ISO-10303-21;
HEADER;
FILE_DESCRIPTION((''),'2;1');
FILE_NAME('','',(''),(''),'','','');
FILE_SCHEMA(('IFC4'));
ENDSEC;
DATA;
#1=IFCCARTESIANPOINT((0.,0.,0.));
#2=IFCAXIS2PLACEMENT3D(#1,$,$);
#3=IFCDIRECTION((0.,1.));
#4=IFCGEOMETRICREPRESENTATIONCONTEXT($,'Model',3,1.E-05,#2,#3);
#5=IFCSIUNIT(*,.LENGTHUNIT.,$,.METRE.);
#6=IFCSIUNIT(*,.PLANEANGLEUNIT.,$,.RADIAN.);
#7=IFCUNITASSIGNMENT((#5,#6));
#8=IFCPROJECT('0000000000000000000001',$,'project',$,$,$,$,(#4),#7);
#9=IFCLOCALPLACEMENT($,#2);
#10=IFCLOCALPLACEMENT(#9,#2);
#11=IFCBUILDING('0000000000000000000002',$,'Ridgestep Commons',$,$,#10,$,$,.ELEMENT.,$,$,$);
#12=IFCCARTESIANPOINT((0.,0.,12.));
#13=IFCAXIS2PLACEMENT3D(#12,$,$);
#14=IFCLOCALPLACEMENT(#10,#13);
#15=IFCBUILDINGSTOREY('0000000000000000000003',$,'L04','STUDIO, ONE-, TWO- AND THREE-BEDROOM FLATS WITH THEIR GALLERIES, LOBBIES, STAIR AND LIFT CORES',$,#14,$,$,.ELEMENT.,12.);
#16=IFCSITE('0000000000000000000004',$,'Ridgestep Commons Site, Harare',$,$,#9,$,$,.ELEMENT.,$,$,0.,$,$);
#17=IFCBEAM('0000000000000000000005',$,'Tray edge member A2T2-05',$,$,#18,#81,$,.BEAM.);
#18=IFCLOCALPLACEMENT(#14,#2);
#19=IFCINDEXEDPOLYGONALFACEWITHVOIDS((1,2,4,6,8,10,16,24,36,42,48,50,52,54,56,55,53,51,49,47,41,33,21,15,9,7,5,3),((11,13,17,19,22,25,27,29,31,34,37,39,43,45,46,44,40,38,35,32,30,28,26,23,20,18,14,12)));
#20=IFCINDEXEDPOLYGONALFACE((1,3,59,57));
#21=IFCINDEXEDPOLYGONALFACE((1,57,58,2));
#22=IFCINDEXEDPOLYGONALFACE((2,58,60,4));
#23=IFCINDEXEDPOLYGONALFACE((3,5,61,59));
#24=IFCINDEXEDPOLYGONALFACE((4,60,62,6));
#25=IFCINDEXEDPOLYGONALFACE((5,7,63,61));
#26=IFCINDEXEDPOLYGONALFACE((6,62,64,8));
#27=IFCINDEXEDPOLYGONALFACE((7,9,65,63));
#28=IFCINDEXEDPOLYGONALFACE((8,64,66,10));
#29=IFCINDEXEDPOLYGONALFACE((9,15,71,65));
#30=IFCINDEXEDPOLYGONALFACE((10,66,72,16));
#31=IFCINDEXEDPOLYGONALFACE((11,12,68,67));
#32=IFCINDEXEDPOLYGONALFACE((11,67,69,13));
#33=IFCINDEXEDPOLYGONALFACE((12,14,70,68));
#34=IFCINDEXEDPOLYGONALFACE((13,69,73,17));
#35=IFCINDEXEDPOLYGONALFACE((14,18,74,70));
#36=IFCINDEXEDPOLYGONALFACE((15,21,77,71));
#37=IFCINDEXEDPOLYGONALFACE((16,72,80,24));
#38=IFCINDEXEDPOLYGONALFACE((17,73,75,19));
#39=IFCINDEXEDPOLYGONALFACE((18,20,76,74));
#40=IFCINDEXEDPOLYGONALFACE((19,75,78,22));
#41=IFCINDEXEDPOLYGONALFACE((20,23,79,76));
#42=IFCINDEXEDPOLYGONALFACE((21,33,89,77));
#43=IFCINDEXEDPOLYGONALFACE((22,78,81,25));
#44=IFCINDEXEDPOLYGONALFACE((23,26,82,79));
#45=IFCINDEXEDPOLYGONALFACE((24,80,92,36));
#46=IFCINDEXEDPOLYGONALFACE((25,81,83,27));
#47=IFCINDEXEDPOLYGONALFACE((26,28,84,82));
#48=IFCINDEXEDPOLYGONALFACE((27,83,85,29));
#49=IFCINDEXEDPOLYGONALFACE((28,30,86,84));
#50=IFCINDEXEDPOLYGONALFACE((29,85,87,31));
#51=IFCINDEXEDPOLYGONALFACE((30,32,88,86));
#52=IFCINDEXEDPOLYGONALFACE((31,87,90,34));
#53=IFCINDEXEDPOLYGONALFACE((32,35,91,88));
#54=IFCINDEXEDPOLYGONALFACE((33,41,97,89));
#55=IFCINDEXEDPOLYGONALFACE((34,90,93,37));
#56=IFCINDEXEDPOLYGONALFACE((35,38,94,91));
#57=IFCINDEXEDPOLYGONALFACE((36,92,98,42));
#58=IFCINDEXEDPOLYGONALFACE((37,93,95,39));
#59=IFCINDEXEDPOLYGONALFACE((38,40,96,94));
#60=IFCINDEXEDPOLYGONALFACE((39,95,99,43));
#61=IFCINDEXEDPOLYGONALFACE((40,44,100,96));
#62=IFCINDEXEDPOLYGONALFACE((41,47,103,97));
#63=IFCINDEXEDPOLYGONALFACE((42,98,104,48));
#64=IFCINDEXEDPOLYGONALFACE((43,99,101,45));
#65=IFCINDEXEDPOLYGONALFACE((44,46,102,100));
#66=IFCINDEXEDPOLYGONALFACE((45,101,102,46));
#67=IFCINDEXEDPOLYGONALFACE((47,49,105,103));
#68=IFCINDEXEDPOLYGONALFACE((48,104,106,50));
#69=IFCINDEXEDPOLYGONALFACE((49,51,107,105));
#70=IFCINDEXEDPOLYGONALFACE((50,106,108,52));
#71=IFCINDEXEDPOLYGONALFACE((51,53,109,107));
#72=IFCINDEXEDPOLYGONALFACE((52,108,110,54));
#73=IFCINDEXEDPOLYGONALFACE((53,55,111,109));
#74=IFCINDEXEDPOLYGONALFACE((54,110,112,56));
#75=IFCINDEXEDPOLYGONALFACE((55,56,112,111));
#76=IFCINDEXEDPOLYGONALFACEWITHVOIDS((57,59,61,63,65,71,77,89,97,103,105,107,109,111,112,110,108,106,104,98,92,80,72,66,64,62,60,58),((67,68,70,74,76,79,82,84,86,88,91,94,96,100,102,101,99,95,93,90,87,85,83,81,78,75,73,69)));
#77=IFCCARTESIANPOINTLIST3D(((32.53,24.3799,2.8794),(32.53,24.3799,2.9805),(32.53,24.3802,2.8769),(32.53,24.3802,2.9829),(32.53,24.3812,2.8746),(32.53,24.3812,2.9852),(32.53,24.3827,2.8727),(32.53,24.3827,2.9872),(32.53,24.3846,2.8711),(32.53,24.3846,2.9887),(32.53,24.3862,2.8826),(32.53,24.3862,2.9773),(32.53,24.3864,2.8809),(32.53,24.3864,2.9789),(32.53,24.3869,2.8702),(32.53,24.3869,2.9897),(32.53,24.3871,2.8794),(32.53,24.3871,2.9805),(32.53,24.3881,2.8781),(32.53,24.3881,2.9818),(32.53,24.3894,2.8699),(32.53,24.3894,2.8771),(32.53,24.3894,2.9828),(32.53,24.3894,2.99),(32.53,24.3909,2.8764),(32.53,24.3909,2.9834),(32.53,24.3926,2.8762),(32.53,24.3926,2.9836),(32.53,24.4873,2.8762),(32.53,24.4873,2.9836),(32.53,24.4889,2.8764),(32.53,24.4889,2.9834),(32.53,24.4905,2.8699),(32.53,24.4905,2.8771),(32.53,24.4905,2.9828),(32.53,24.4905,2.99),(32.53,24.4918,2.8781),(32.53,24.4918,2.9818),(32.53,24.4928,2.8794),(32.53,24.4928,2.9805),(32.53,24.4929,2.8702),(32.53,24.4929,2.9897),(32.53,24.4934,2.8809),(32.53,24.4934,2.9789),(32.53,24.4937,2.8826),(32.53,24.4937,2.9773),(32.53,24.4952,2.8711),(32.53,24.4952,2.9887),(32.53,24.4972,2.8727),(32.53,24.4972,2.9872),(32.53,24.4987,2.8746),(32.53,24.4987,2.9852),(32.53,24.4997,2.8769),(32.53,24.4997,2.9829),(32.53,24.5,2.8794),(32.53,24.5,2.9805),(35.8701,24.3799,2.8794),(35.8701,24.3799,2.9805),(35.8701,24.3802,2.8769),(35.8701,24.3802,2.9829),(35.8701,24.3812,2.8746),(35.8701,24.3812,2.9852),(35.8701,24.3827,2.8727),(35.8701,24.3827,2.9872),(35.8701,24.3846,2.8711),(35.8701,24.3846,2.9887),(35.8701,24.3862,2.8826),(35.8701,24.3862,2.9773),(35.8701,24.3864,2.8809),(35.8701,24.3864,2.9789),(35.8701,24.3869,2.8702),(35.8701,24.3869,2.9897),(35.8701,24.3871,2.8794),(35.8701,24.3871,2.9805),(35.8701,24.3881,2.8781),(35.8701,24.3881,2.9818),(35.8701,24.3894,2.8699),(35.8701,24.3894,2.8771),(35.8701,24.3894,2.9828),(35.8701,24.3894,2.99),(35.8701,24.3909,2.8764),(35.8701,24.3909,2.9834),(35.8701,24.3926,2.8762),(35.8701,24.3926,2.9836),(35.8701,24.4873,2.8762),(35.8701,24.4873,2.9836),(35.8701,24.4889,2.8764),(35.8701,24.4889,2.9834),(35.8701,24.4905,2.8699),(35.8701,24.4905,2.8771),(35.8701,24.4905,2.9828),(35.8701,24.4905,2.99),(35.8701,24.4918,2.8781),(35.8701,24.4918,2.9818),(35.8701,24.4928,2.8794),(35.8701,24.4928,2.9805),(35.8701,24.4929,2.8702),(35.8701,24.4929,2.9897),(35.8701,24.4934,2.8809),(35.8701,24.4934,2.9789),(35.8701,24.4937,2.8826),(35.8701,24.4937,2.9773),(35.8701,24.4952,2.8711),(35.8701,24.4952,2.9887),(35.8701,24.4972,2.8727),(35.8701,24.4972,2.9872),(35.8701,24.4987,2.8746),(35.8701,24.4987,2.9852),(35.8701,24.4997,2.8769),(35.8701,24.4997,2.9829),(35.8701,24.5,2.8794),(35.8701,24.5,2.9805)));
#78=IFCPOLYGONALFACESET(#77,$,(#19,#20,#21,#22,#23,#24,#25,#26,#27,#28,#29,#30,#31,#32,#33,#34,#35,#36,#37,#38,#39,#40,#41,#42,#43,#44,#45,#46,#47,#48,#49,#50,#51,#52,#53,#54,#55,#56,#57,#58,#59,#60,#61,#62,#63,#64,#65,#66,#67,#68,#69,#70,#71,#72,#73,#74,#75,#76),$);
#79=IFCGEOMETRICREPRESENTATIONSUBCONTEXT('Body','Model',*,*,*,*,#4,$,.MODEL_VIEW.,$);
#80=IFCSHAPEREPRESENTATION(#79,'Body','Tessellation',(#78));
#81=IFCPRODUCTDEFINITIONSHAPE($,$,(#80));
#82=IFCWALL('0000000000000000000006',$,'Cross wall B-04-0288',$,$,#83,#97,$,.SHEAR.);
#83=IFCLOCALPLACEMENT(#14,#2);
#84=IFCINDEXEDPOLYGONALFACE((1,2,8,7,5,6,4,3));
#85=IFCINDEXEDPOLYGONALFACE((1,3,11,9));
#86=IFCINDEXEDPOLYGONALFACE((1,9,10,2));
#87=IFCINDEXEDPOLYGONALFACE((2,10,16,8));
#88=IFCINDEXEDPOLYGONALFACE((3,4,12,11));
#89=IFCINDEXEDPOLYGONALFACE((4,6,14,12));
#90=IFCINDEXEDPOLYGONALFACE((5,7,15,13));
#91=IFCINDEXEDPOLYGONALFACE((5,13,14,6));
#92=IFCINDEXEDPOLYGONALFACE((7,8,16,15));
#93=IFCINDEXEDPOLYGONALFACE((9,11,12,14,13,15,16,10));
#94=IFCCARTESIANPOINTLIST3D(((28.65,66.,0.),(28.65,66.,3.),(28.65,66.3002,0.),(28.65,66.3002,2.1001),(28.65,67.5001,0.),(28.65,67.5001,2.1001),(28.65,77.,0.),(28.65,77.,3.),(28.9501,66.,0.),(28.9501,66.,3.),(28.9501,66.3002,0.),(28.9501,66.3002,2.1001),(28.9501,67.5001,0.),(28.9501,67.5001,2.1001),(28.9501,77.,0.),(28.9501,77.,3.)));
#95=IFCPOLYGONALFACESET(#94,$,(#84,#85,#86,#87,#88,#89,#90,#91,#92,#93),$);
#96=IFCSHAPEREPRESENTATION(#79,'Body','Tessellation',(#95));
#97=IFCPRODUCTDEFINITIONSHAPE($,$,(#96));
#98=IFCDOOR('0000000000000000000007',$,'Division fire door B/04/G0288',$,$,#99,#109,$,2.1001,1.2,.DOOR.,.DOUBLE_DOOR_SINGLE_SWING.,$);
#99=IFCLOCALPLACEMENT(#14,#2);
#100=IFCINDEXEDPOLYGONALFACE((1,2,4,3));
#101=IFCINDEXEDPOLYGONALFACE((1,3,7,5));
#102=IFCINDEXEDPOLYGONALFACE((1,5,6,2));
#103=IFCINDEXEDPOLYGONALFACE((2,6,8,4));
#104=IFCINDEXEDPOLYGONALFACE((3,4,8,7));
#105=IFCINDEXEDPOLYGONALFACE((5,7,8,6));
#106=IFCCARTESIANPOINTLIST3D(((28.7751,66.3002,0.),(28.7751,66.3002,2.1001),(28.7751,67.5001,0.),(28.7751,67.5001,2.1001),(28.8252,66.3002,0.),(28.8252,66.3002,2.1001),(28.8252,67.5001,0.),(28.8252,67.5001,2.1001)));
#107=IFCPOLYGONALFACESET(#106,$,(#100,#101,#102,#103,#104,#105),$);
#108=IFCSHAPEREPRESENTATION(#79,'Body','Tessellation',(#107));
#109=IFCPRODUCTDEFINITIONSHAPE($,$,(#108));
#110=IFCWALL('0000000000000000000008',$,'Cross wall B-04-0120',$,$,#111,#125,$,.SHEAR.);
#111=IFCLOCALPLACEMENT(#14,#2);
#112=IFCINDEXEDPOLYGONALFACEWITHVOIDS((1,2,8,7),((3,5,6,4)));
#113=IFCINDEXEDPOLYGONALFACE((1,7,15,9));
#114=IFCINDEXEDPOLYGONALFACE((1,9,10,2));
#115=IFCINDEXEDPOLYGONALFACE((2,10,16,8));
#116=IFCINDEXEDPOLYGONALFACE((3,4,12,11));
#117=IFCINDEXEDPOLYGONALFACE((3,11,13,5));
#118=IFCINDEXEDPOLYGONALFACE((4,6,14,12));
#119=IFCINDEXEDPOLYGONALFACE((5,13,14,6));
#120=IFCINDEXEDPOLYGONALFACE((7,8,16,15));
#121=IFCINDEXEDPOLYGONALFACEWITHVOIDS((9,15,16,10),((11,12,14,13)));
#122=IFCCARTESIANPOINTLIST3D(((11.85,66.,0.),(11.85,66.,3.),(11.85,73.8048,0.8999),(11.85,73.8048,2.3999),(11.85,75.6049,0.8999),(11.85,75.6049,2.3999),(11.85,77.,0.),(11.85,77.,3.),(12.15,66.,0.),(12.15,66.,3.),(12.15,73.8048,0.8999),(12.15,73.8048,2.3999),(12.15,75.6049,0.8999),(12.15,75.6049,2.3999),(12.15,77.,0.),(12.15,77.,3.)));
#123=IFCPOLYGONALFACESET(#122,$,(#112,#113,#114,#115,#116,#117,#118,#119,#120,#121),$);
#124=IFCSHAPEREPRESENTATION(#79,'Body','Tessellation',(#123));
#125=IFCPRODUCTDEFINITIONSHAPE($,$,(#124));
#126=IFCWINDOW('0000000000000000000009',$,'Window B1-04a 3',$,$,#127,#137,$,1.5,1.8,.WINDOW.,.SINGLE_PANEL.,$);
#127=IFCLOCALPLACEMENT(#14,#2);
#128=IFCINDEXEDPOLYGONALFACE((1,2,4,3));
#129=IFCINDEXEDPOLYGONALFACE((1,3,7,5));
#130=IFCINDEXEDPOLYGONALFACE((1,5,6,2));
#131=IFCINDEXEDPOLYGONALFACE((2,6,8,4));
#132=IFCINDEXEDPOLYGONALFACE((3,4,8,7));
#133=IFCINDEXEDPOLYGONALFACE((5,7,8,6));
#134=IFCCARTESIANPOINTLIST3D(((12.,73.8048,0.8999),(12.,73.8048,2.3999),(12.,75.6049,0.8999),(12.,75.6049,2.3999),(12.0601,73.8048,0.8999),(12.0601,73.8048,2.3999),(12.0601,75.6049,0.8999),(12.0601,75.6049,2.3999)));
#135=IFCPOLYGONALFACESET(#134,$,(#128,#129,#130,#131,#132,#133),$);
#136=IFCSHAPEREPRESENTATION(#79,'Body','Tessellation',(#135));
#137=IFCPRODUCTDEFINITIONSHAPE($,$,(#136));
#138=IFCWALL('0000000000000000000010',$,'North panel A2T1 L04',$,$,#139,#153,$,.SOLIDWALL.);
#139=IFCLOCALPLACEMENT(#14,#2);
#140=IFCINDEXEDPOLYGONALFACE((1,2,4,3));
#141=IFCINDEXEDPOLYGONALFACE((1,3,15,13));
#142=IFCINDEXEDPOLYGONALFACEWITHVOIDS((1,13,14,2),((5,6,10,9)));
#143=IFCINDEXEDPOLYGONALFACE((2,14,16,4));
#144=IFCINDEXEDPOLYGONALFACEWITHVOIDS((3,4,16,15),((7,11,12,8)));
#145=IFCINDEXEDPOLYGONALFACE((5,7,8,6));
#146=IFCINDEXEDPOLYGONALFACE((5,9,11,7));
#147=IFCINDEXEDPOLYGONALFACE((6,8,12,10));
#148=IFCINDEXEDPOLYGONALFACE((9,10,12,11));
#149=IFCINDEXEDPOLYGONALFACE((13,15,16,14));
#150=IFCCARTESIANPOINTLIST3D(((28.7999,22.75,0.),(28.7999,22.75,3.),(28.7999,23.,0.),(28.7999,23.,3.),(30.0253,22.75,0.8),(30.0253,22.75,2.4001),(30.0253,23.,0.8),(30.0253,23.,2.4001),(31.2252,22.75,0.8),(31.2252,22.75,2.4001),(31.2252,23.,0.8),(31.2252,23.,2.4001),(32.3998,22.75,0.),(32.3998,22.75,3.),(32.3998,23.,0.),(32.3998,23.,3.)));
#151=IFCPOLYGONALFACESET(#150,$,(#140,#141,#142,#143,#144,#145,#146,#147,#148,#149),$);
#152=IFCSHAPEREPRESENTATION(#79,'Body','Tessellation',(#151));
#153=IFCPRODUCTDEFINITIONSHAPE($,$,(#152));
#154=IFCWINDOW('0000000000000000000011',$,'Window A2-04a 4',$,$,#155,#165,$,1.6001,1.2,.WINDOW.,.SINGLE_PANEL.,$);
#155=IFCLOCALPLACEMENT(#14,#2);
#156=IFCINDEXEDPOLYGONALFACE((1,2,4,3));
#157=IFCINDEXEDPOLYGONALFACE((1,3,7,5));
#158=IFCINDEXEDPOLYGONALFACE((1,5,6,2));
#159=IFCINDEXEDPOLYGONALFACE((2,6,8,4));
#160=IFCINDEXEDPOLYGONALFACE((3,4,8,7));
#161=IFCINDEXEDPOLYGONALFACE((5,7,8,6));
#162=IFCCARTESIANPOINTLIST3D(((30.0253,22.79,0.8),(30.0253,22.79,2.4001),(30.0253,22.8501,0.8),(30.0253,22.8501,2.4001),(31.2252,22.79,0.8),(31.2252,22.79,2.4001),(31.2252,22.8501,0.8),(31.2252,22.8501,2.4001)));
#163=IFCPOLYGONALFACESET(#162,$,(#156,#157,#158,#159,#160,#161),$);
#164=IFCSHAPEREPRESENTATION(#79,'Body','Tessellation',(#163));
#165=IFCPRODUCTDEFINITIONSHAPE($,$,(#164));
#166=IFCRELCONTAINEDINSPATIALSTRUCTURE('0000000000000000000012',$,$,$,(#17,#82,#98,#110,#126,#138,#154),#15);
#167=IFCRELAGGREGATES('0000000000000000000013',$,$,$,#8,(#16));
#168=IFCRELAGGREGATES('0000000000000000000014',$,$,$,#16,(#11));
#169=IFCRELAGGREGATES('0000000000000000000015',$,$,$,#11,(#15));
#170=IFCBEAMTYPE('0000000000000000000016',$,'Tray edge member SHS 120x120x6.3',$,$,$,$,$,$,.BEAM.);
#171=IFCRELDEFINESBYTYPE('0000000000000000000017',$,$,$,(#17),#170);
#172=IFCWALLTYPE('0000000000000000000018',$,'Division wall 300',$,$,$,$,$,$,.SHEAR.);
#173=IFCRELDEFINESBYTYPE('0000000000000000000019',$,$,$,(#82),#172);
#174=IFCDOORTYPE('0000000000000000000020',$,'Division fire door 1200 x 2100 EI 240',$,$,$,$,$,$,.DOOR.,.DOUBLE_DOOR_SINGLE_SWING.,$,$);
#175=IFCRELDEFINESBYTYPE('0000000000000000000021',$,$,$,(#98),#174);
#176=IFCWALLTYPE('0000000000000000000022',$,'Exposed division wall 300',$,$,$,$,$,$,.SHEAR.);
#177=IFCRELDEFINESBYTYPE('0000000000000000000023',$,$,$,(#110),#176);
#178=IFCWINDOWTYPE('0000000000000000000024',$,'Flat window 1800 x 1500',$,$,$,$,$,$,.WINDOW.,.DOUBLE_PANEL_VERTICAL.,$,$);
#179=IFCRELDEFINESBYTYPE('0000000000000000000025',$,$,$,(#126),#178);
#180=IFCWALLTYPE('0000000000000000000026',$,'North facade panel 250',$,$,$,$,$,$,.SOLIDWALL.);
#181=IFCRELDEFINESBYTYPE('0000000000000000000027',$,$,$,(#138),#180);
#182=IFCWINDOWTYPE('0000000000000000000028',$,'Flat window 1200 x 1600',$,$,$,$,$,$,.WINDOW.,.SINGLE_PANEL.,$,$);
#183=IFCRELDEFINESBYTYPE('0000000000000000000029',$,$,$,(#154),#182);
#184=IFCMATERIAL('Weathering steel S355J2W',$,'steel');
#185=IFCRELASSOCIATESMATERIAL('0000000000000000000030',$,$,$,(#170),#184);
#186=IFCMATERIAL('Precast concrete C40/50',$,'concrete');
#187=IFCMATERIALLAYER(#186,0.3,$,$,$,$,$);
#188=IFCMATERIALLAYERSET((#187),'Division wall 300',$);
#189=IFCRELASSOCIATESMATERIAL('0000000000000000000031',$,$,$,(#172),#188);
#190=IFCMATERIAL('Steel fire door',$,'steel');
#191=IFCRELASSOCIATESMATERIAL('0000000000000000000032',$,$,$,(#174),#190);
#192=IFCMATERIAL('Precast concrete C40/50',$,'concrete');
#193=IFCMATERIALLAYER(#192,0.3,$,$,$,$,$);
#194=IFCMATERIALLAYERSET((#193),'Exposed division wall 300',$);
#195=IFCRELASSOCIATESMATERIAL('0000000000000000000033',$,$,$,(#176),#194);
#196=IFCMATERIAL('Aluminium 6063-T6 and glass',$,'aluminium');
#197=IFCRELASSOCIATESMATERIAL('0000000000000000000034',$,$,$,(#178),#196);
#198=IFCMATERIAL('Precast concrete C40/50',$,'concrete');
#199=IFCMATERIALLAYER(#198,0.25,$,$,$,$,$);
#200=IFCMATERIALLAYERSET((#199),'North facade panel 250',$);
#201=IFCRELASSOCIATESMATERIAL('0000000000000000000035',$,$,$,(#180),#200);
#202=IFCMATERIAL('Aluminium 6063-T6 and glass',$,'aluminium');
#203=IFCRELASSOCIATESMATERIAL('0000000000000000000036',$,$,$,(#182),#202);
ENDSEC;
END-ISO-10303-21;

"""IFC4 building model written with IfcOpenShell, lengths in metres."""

from ifc_helpers import new_model, si_unit, direction, frame, frame_2d, origin, origin_2d, place, context, subcontext, project, spatial, rectangle, hollow_rectangle, extrude, material, layer, layer_set, material_profile, profile_set, type_object, element, fill, save


model = new_model("IFC4")

# Units and contexts
model_context = context("Model", 3, precision=1e-05, world=origin(), true_north=direction((0.0, 1.0)))
body_context = subcontext(model_context, "Body", "Model", "MODEL_VIEW")
ifc_project = project(units=[si_unit("LENGTHUNIT", "METRE"), si_unit("PLANEANGLEUNIT", "RADIAN")], contexts=[model_context])

# Site, building, storey
site_placement = place(None, origin())
site = spatial("IfcSite", under=ifc_project, at=site_placement, Name="Ridgestep Commons Site, Harare", CompositionType="ELEMENT", RefElevation=0.0)
building_placement = place(site_placement, origin())
building = spatial("IfcBuilding", under=site, at=building_placement, Name="Ridgestep Commons", CompositionType="ELEMENT")
storey_placement = place(building_placement, frame((0.0, 0.0, 12.0)))
storey = spatial("IfcBuildingStorey", under=building, at=storey_placement, Name="L04", Description="STUDIO, ONE-, TWO- AND THREE-BEDROOM FLATS WITH THEIR GALLERIES, LOBBIES, STAIR AND LIFT CORES", CompositionType="ELEMENT", Elevation=12.0)

# Beam
ifc_material_1 = material(Name="Weathering steel S355J2W", Category="steel")
ifc_material_profile_1 = material_profile(ifc_material_1, hollow_rectangle(XDim=0.1201, YDim=0.1201, WallThickness=0.0063, InnerFilletRadius=0.0063, OuterFilletRadius=0.0095, at=origin_2d()), Name="SHS 120x120x6.3")
ifc_profile_set_1 = profile_set([ifc_material_profile_1], Name="Weathering steel S355J2W")
beam_type_1 = type_object("IfcBeamType", Name="Tray edge member SHS 120x120x6.3", PredefinedType="BEAM", material=ifc_profile_set_1)
beam_placement = place(storey_placement, frame((32.53, 24.4399, 2.9299), z_axis=(1.0, 0.0, 0.0), x_axis=(0.0, 0.0, 1.0)))
element("IfcBeam", 1, at=beam_placement, inside=storey, type_object=beam_type_1, Name="Tray edge member A2T2-05", PredefinedType="BEAM", context=body_context, shape_type="SweptSolid", body=[
    extrude(hollow_rectangle(XDim=0.1201, YDim=0.1201, WallThickness=0.0063, InnerFilletRadius=0.0063, OuterFilletRadius=0.0095, at=origin_2d()), origin(), (0.0, 0.0, 1.0), 3.3401),
])

# Wall, opening, door
ifc_material_2 = material(Name="Precast concrete C40/50", Category="concrete")
ifc_layer_1 = layer(ifc_material_2, 0.3)
ifc_layer_set_1 = layer_set([ifc_layer_1], Name="Division wall 300")
wall_type_1 = type_object("IfcWallType", Name="Division wall 300", PredefinedType="SHEAR", material=ifc_layer_set_1)
wall_1_placement = place(storey_placement, frame((28.8, 66.0, 0.0), z_axis=(0.0, 0.0, 1.0), x_axis=(0.0, 1.0, 0.0)))
wall_1 = element("IfcWall", 2, at=wall_1_placement, inside=storey, type_object=wall_type_1, Name="Cross wall B-04-0288", PredefinedType="SHEAR", context=body_context, shape_type="SweptSolid", body=[
    extrude(rectangle(XDim=11.0, YDim=0.3, at=frame_2d((5.5, 0.0))), origin(), (0.0, 0.0, 1.0), 3.0),
])
opening_1_placement = place(wall_1_placement, frame((0.3, 0.0, 0.0)))
opening_1 = element("IfcOpeningElement", 3, at=opening_1_placement, cuts=wall_1, PredefinedType="OPENING", context=body_context, shape_type="SweptSolid", body=[
    extrude(rectangle(XDim=1.2, YDim=2.1001, at=frame_2d((0.6001, 1.05))), frame((0.0, 0.1599, 0.0), z_axis=(0.0, -1.0, 0.0), x_axis=(1.0, 0.0, 0.0)), (0.0, 0.0, 1.0), 0.3201),
])
ifc_material_3 = material(Name="Steel fire door", Category="steel")
door_type = type_object("IfcDoorType", Name="Division fire door 1200 x 2100 EI 240", OperationType="DOUBLE_DOOR_SINGLE_SWING", PredefinedType="DOOR", material=ifc_material_3)
door_placement = place(opening_1_placement, origin())
door = element("IfcDoor", 4, at=door_placement, inside=storey, type_object=door_type, Name="Division fire door B/04/G0288", OperationType="DOUBLE_DOOR_SINGLE_SWING", OverallHeight=2.1001, OverallWidth=1.2, PredefinedType="DOOR", context=body_context, shape_type="SweptSolid", body=[
    extrude(rectangle(XDim=1.2, YDim=2.1001, at=frame_2d((0.6001, 1.05))), frame((0.0, 0.0249, 0.0), z_axis=(0.0, -1.0, 0.0), x_axis=(1.0, 0.0, 0.0)), (0.0, 0.0, 1.0), 0.05),
])
fill(opening_1, door)

# Walls, openings, windows
ifc_material_4 = material(Name="Precast concrete C40/50", Category="concrete")
ifc_layer_2 = layer(ifc_material_4, 0.3)
ifc_layer_set_2 = layer_set([ifc_layer_2], Name="Exposed division wall 300")
wall_type_2 = type_object("IfcWallType", Name="Exposed division wall 300", PredefinedType="SHEAR", material=ifc_layer_set_2)
wall_2_placement = place(storey_placement, frame((12.0, 66.0, 0.0), z_axis=(0.0, 0.0, 1.0), x_axis=(0.0, 1.0, 0.0)))
wall_2 = element("IfcWall", 5, at=wall_2_placement, inside=storey, type_object=wall_type_2, Name="Cross wall B-04-0120", PredefinedType="SHEAR", context=body_context, shape_type="SweptSolid", body=[
    extrude(rectangle(XDim=11.0, YDim=0.3, at=frame_2d((5.5, 0.0))), origin(), (0.0, 0.0, 1.0), 3.0),
])
opening_2_placement = place(wall_2_placement, frame((7.8049, 0.0, 0.8999)))
opening_2 = element("IfcOpeningElement", 6, at=opening_2_placement, cuts=wall_2, PredefinedType="OPENING", context=body_context, shape_type="SweptSolid", body=[
    extrude(rectangle(XDim=1.8, YDim=1.5, at=frame_2d((0.8999, 0.75))), frame((0.0, 0.1599, 0.0), z_axis=(0.0, -1.0, 0.0), x_axis=(1.0, 0.0, 0.0)), (0.0, 0.0, 1.0), 0.3201),
])
ifc_material_5 = material(Name="Aluminium 6063-T6 and glass", Category="aluminium")
window_type_1 = type_object("IfcWindowType", Name="Flat window 1800 x 1500", PartitioningType="DOUBLE_PANEL_VERTICAL", PredefinedType="WINDOW", material=ifc_material_5)
window_1_placement = place(opening_2_placement, origin())
window_1 = element("IfcWindow", 7, at=window_1_placement, inside=storey, type_object=window_type_1, Name="Window B1-04a 3", OverallHeight=1.5, OverallWidth=1.8, PartitioningType="SINGLE_PANEL", PredefinedType="WINDOW", context=body_context, shape_type="SweptSolid", body=[
    extrude(rectangle(XDim=1.8, YDim=1.5, at=frame_2d((0.8999, 0.75))), frame((0.0, 0.0, 0.0), z_axis=(0.0, -1.0, 0.0), x_axis=(1.0, 0.0, 0.0)), (0.0, 0.0, 1.0), 0.0601),
])
fill(opening_2, window_1)
ifc_material_6 = material(Name="Precast concrete C40/50", Category="concrete")
ifc_layer_3 = layer(ifc_material_6, 0.25)
ifc_layer_set_3 = layer_set([ifc_layer_3], Name="North facade panel 250")
wall_type_3 = type_object("IfcWallType", Name="North facade panel 250", PredefinedType="SOLIDWALL", material=ifc_layer_set_3)
wall_3_placement = place(storey_placement, frame((28.8, 22.875, 0.0), z_axis=(0.0, 0.0, 1.0), x_axis=(1.0, 0.0, 0.0)))
wall_3 = element("IfcWall", 8, at=wall_3_placement, inside=storey, type_object=wall_type_3, Name="North panel A2T1 L04", PredefinedType="SOLIDWALL", context=body_context, shape_type="SweptSolid", body=[
    extrude(rectangle(XDim=3.5999, YDim=0.25, at=frame_2d((1.7998, 0.0))), origin(), (0.0, 0.0, 1.0), 3.0),
])
opening_3_placement = place(wall_3_placement, frame((1.2251, 0.0, 0.8)))
opening_3 = element("IfcOpeningElement", 9, at=opening_3_placement, cuts=wall_3, PredefinedType="OPENING", context=body_context, shape_type="SweptSolid", body=[
    extrude(rectangle(XDim=1.2, YDim=1.6001, at=frame_2d((0.6001, 0.8))), frame((0.0, 0.135, 0.0), z_axis=(0.0, -1.0, 0.0), x_axis=(1.0, 0.0, 0.0)), (0.0, 0.0, 1.0), 0.27),
])
ifc_material_7 = material(Name="Aluminium 6063-T6 and glass", Category="aluminium")
window_type_2 = type_object("IfcWindowType", Name="Flat window 1200 x 1600", PartitioningType="SINGLE_PANEL", PredefinedType="WINDOW", material=ifc_material_7)
window_2_placement = place(opening_3_placement, origin())
window_2 = element("IfcWindow", 10, at=window_2_placement, inside=storey, type_object=window_type_2, Name="Window A2-04a 4", OverallHeight=1.6001, OverallWidth=1.2, PartitioningType="SINGLE_PANEL", PredefinedType="WINDOW", context=body_context, shape_type="SweptSolid", body=[
    extrude(rectangle(XDim=1.2, YDim=1.6001, at=frame_2d((0.6001, 0.8))), frame((0.0, -0.0249, 0.0), z_axis=(0.0, -1.0, 0.0), x_axis=(1.0, 0.0, 0.0)), (0.0, 0.0, 1.0), 0.0601),
])
fill(opening_3, window_2)

save(model, "model.ifc")
